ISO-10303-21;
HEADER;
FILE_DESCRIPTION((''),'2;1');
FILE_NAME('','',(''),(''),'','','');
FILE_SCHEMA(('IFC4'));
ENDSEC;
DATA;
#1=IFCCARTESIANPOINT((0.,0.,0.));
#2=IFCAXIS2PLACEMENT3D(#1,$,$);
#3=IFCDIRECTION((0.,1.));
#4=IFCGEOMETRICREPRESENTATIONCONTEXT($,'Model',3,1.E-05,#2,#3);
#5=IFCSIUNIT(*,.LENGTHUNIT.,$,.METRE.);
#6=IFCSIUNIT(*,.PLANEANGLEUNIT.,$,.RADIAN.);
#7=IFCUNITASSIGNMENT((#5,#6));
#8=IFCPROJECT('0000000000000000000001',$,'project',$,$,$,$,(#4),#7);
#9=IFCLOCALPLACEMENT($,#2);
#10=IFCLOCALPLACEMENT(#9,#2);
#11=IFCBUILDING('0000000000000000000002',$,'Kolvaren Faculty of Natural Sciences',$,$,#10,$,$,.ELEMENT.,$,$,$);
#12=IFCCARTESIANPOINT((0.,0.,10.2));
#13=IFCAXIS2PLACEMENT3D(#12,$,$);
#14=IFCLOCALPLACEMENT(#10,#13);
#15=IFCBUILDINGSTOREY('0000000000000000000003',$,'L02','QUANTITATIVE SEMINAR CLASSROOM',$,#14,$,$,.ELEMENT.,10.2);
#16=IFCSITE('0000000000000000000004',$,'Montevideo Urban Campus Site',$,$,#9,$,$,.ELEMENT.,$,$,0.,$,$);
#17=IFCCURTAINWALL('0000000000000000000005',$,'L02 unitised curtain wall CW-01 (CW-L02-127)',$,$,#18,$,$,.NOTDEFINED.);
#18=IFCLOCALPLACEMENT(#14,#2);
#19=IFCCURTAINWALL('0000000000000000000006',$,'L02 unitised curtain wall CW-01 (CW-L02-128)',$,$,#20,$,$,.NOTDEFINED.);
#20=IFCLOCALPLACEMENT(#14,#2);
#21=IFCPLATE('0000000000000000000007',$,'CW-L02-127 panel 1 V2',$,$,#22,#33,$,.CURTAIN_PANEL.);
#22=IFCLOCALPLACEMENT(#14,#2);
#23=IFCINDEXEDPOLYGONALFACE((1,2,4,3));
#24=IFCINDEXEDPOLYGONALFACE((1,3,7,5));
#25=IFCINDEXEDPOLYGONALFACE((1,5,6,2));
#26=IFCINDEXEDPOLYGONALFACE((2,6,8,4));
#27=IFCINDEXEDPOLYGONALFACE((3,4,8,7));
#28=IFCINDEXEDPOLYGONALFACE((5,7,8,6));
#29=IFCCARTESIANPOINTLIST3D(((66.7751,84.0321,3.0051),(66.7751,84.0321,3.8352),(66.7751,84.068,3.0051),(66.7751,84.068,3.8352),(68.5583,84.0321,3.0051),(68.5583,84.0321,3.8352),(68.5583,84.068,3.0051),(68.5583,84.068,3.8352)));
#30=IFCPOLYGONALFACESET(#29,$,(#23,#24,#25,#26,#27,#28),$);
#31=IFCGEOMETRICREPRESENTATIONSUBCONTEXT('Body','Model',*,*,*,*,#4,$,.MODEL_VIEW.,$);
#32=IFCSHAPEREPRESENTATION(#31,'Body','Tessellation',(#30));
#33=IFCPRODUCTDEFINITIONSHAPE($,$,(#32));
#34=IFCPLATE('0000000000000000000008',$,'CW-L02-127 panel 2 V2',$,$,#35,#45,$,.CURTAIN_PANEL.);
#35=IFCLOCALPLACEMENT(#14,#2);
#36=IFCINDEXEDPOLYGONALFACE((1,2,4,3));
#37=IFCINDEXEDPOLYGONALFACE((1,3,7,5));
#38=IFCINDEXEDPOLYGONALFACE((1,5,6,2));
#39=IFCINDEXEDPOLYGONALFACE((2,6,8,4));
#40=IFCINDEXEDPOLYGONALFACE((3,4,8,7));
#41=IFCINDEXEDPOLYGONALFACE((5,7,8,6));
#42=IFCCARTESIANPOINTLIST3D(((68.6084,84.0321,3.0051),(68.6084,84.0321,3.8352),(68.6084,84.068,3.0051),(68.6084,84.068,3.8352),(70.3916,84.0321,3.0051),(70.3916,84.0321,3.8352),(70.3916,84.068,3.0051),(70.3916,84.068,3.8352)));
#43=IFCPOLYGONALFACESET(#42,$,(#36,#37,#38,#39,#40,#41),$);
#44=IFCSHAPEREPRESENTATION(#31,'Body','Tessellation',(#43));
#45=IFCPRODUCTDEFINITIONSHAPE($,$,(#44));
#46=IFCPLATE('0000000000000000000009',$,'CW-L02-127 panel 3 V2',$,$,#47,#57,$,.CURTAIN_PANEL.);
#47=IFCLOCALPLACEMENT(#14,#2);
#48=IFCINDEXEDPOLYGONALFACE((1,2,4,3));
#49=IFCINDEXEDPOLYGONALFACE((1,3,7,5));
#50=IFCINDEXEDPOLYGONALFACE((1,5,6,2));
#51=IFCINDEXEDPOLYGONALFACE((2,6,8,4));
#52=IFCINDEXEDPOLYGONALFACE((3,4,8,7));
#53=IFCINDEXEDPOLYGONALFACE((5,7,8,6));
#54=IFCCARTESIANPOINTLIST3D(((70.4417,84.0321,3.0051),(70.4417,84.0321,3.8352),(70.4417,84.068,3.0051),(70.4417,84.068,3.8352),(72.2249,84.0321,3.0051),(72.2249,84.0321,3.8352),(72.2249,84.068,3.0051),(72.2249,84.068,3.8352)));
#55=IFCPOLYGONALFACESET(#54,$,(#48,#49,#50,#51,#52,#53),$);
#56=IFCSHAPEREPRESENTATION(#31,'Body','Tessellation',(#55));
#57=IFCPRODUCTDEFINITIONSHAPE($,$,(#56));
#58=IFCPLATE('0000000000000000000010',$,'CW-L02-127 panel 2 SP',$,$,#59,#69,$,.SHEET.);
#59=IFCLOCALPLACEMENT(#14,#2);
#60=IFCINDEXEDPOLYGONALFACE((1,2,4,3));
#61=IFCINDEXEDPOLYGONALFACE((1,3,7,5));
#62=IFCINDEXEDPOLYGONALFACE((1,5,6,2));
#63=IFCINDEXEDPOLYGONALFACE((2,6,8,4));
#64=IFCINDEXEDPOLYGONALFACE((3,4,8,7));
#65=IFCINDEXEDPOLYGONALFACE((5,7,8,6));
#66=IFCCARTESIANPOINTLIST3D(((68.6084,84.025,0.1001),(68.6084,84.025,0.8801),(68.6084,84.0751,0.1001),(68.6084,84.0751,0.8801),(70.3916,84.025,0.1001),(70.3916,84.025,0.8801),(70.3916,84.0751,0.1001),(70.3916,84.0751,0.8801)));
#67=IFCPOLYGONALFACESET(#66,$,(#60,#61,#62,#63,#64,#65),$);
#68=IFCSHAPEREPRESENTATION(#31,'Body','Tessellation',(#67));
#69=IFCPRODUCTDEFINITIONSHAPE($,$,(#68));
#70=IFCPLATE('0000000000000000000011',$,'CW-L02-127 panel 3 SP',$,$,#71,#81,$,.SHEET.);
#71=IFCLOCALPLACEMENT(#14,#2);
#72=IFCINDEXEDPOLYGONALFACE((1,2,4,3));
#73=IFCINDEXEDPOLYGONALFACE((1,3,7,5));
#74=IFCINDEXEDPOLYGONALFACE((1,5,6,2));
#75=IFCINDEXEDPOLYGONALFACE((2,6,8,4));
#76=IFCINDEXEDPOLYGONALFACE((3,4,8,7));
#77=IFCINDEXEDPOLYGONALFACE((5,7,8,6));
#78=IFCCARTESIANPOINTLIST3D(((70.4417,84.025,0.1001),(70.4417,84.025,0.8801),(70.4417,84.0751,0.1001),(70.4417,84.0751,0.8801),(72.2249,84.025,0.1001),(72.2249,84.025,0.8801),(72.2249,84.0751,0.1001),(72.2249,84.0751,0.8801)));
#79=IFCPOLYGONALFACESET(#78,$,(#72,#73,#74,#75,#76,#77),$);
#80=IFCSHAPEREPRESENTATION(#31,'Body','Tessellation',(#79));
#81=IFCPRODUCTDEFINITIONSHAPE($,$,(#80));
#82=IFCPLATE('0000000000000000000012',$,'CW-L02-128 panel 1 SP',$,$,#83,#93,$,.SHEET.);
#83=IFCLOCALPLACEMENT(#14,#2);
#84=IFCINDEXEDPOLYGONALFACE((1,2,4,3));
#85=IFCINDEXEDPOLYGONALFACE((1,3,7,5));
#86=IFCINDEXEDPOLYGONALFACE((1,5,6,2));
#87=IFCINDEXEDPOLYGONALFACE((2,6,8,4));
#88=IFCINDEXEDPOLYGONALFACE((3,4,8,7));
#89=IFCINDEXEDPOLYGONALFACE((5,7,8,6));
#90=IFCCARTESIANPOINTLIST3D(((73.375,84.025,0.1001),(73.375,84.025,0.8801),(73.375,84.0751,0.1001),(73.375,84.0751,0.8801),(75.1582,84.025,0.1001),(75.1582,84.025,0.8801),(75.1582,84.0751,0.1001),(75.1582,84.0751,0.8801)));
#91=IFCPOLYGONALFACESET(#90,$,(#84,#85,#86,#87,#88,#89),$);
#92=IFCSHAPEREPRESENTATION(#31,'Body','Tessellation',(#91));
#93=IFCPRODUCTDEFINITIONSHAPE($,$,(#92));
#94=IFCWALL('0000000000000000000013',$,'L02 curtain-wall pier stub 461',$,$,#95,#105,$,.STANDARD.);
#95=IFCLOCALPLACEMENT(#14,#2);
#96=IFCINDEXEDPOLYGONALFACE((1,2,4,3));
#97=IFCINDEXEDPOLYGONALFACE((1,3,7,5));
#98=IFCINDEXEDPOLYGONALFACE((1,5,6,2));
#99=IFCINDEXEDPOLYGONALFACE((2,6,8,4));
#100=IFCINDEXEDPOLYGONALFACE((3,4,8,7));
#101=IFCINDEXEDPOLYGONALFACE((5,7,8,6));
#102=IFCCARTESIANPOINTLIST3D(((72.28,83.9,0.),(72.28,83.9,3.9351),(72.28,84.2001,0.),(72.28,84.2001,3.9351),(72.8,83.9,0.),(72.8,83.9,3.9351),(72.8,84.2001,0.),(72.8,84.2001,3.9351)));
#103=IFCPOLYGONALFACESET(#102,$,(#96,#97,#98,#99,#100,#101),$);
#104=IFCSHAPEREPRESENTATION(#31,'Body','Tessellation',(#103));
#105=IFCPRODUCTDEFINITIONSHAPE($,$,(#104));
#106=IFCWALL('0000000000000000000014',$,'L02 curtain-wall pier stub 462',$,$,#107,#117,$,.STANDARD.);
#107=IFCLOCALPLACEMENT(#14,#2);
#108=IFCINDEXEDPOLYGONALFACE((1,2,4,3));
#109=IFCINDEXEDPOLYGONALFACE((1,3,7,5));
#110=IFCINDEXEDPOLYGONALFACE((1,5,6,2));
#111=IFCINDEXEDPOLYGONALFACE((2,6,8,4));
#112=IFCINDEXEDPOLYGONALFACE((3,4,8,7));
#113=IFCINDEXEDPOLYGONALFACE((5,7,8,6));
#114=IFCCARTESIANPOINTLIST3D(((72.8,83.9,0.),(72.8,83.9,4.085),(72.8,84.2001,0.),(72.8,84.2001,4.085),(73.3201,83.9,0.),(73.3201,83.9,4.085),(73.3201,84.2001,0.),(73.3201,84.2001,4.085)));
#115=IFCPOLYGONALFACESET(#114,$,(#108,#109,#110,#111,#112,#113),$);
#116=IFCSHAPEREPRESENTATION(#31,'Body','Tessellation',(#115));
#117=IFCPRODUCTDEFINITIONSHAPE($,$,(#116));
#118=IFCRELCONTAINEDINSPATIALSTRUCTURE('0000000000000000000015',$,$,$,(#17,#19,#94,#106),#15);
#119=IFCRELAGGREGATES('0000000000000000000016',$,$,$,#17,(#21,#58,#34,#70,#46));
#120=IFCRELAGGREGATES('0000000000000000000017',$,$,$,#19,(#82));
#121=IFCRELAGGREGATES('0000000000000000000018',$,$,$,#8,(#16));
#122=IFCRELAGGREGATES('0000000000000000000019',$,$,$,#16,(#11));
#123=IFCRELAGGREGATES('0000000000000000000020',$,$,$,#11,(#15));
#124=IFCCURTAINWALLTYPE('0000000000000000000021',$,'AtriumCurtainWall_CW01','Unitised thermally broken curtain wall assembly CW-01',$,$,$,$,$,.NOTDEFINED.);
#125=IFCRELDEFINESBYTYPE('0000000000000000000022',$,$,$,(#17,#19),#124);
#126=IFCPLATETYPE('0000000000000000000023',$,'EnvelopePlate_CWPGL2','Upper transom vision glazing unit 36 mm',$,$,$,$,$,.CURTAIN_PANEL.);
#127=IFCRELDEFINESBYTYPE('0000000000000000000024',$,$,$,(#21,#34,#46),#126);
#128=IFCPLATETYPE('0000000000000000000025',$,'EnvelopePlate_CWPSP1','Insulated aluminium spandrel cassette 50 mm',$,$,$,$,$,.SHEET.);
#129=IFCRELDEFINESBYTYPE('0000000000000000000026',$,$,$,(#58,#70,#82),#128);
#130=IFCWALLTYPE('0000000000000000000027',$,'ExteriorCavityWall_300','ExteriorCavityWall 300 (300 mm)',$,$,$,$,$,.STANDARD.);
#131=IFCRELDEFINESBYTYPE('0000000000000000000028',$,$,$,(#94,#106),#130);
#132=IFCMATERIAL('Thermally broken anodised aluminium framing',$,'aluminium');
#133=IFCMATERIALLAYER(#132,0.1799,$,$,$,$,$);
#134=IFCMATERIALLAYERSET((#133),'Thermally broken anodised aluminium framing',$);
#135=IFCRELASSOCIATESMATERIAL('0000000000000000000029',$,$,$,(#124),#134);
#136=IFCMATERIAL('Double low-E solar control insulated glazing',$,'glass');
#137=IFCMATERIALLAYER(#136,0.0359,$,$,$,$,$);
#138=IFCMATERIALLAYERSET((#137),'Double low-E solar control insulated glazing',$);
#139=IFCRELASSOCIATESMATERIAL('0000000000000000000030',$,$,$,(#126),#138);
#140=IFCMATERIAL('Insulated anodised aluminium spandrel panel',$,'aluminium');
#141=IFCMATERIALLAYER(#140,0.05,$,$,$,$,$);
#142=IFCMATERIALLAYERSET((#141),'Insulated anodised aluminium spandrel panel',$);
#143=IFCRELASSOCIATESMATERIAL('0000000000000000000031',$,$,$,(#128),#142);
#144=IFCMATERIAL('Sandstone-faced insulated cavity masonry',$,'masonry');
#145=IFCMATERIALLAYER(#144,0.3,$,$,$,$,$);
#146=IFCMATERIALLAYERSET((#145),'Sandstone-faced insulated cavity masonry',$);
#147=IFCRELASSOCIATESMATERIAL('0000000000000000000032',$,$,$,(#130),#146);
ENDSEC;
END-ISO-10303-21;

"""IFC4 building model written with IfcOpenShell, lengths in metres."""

from ifc_helpers import new_model, si_unit, direction, frame, frame_2d, origin, origin_2d, place, context, subcontext, project, spatial, rectangle, extrude, material, layer, layer_set, type_object, element, aggregate, save


model = new_model("IFC4")

# Units and contexts
model_context = context("Model", 3, precision=1e-05, world=origin(), true_north=direction((0.0, 1.0)))
body_context = subcontext(model_context, "Body", "Model", "MODEL_VIEW")
ifc_project = project(units=[si_unit("LENGTHUNIT", "METRE"), si_unit("PLANEANGLEUNIT", "RADIAN")], contexts=[model_context])

# Site, building, storey
site_placement = place(None, origin())
site = spatial("IfcSite", under=ifc_project, at=site_placement, Name="Montevideo Urban Campus Site", CompositionType="ELEMENT", RefElevation=0.0)
building_placement = place(site_placement, origin())
building = spatial("IfcBuilding", under=site, at=building_placement, Name="Kolvaren Faculty of Natural Sciences", CompositionType="ELEMENT")
storey_placement = place(building_placement, frame((0.0, 0.0, 10.2)))
storey = spatial("IfcBuildingStorey", under=building, at=storey_placement, Name="L02", Description="QUANTITATIVE SEMINAR CLASSROOM", CompositionType="ELEMENT", Elevation=10.2)

# Curtain walls
ifc_material_1 = material(Name="Thermally broken anodised aluminium framing", Category="aluminium")
ifc_layer_1 = layer(ifc_material_1, 0.1799)
ifc_layer_set_1 = layer_set([ifc_layer_1], Name="Thermally broken anodised aluminium framing")
curtain_wall_type = type_object("IfcCurtainWallType", Name="AtriumCurtainWall_CW01", Description="Unitised thermally broken curtain wall assembly CW-01", PredefinedType="NOTDEFINED", material=ifc_layer_set_1)
curtain_wall_1_placement = place(storey_placement, origin())
curtain_wall_1 = element("IfcCurtainWall", 1, at=curtain_wall_1_placement, inside=storey, type_object=curtain_wall_type, Name="L02 unitised curtain wall CW-01 (CW-L02-127)", PredefinedType="NOTDEFINED")
curtain_wall_2_placement = place(storey_placement, origin())
curtain_wall_2 = element("IfcCurtainWall", 2, at=curtain_wall_2_placement, inside=storey, type_object=curtain_wall_type, Name="L02 unitised curtain wall CW-01 (CW-L02-128)", PredefinedType="NOTDEFINED")

# Plates
ifc_material_2 = material(Name="Double low-E solar control insulated glazing", Category="glass")
ifc_layer_2 = layer(ifc_material_2, 0.0359)
ifc_layer_set_2 = layer_set([ifc_layer_2], Name="Double low-E solar control insulated glazing")
plate_type_1 = type_object("IfcPlateType", Name="EnvelopePlate_CWPGL2", Description="Upper transom vision glazing unit 36 mm", PredefinedType="CURTAIN_PANEL", material=ifc_layer_set_2)
plate_1_placement = place(storey_placement, frame((67.6667, 84.05, 3.0051), z_axis=(0.0, 0.0, 1.0), x_axis=(1.0, 0.0, 0.0)))
plate_1 = element("IfcPlate", 3, at=plate_1_placement, type_object=plate_type_1, Name="CW-L02-127 panel 1 V2", PredefinedType="CURTAIN_PANEL", context=body_context, shape_type="SweptSolid", body=[
    extrude(rectangle(XDim=1.7832, YDim=0.0359, at=origin_2d()), origin(), (0.0, 0.0, 1.0), 0.8301),
])
plate_2_placement = place(storey_placement, frame((69.5, 84.05, 3.0051), z_axis=(0.0, 0.0, 1.0), x_axis=(1.0, 0.0, 0.0)))
plate_2 = element("IfcPlate", 4, at=plate_2_placement, type_object=plate_type_1, Name="CW-L02-127 panel 2 V2", PredefinedType="CURTAIN_PANEL", context=body_context, shape_type="SweptSolid", body=[
    extrude(rectangle(XDim=1.7832, YDim=0.0359, at=origin_2d()), origin(), (0.0, 0.0, 1.0), 0.8301),
])
plate_3_placement = place(storey_placement, frame((71.3333, 84.05, 3.0051), z_axis=(0.0, 0.0, 1.0), x_axis=(1.0, 0.0, 0.0)))
plate_3 = element("IfcPlate", 5, at=plate_3_placement, type_object=plate_type_1, Name="CW-L02-127 panel 3 V2", PredefinedType="CURTAIN_PANEL", context=body_context, shape_type="SweptSolid", body=[
    extrude(rectangle(XDim=1.7832, YDim=0.0359, at=origin_2d()), origin(), (0.0, 0.0, 1.0), 0.8301),
])
ifc_material_3 = material(Name="Insulated anodised aluminium spandrel panel", Category="aluminium")
ifc_layer_3 = layer(ifc_material_3, 0.05)
ifc_layer_set_3 = layer_set([ifc_layer_3], Name="Insulated anodised aluminium spandrel panel")
plate_type_2 = type_object("IfcPlateType", Name="EnvelopePlate_CWPSP1", Description="Insulated aluminium spandrel cassette 50 mm", PredefinedType="SHEET", material=ifc_layer_set_3)
plate_4_placement = place(storey_placement, frame((69.5, 84.05, 0.1001), z_axis=(0.0, 0.0, 1.0), x_axis=(1.0, 0.0, 0.0)))
plate_4 = element("IfcPlate", 6, at=plate_4_placement, type_object=plate_type_2, Name="CW-L02-127 panel 2 SP", PredefinedType="SHEET", context=body_context, shape_type="SweptSolid", body=[
    extrude(rectangle(XDim=1.7832, YDim=0.05, at=origin_2d()), origin(), (0.0, 0.0, 1.0), 0.78),
])
plate_5_placement = place(storey_placement, frame((71.3333, 84.05, 0.1001), z_axis=(0.0, 0.0, 1.0), x_axis=(1.0, 0.0, 0.0)))
plate_5 = element("IfcPlate", 7, at=plate_5_placement, type_object=plate_type_2, Name="CW-L02-127 panel 3 SP", PredefinedType="SHEET", context=body_context, shape_type="SweptSolid", body=[
    extrude(rectangle(XDim=1.7832, YDim=0.05, at=origin_2d()), origin(), (0.0, 0.0, 1.0), 0.78),
])
aggregate(curtain_wall_1, [plate_1, plate_4, plate_2, plate_5, plate_3])
plate_6_placement = place(storey_placement, frame((74.2666, 84.05, 0.1001), z_axis=(0.0, 0.0, 1.0), x_axis=(1.0, 0.0, 0.0)))
plate_6 = element("IfcPlate", 8, at=plate_6_placement, type_object=plate_type_2, Name="CW-L02-128 panel 1 SP", PredefinedType="SHEET", context=body_context, shape_type="SweptSolid", body=[
    extrude(rectangle(XDim=1.7832, YDim=0.05, at=origin_2d()), origin(), (0.0, 0.0, 1.0), 0.78),
])
aggregate(curtain_wall_2, [plate_6])

# Walls
ifc_material_4 = material(Name="Sandstone-faced insulated cavity masonry", Category="masonry")
ifc_layer_4 = layer(ifc_material_4, 0.3)
ifc_layer_set_4 = layer_set([ifc_layer_4], Name="Sandstone-faced insulated cavity masonry")
wall_type = type_object("IfcWallType", Name="ExteriorCavityWall_300", Description="ExteriorCavityWall 300 (300 mm)", PredefinedType="STANDARD", material=ifc_layer_set_4)
wall_1_placement = place(storey_placement, frame((72.28, 84.05, 0.0), z_axis=(0.0, 0.0, 1.0), x_axis=(1.0, 0.0, 0.0)))
element("IfcWall", 9, at=wall_1_placement, inside=storey, type_object=wall_type, Name="L02 curtain-wall pier stub 461", PredefinedType="STANDARD", context=body_context, shape_type="SweptSolid", body=[
    extrude(rectangle(XDim=0.52, YDim=0.3, at=frame_2d((0.26, 0.0))), origin(), (0.0, 0.0, 1.0), 3.9351),
])
wall_2_placement = place(storey_placement, frame((72.8, 84.05, 0.0), z_axis=(0.0, 0.0, 1.0), x_axis=(1.0, 0.0, 0.0)))
element("IfcWall", 10, at=wall_2_placement, inside=storey, type_object=wall_type, Name="L02 curtain-wall pier stub 462", PredefinedType="STANDARD", context=body_context, shape_type="SweptSolid", body=[
    extrude(rectangle(XDim=0.52, YDim=0.3, at=frame_2d((0.26, 0.0))), origin(), (0.0, 0.0, 1.0), 4.085),
])

save(model, "model.ifc")
